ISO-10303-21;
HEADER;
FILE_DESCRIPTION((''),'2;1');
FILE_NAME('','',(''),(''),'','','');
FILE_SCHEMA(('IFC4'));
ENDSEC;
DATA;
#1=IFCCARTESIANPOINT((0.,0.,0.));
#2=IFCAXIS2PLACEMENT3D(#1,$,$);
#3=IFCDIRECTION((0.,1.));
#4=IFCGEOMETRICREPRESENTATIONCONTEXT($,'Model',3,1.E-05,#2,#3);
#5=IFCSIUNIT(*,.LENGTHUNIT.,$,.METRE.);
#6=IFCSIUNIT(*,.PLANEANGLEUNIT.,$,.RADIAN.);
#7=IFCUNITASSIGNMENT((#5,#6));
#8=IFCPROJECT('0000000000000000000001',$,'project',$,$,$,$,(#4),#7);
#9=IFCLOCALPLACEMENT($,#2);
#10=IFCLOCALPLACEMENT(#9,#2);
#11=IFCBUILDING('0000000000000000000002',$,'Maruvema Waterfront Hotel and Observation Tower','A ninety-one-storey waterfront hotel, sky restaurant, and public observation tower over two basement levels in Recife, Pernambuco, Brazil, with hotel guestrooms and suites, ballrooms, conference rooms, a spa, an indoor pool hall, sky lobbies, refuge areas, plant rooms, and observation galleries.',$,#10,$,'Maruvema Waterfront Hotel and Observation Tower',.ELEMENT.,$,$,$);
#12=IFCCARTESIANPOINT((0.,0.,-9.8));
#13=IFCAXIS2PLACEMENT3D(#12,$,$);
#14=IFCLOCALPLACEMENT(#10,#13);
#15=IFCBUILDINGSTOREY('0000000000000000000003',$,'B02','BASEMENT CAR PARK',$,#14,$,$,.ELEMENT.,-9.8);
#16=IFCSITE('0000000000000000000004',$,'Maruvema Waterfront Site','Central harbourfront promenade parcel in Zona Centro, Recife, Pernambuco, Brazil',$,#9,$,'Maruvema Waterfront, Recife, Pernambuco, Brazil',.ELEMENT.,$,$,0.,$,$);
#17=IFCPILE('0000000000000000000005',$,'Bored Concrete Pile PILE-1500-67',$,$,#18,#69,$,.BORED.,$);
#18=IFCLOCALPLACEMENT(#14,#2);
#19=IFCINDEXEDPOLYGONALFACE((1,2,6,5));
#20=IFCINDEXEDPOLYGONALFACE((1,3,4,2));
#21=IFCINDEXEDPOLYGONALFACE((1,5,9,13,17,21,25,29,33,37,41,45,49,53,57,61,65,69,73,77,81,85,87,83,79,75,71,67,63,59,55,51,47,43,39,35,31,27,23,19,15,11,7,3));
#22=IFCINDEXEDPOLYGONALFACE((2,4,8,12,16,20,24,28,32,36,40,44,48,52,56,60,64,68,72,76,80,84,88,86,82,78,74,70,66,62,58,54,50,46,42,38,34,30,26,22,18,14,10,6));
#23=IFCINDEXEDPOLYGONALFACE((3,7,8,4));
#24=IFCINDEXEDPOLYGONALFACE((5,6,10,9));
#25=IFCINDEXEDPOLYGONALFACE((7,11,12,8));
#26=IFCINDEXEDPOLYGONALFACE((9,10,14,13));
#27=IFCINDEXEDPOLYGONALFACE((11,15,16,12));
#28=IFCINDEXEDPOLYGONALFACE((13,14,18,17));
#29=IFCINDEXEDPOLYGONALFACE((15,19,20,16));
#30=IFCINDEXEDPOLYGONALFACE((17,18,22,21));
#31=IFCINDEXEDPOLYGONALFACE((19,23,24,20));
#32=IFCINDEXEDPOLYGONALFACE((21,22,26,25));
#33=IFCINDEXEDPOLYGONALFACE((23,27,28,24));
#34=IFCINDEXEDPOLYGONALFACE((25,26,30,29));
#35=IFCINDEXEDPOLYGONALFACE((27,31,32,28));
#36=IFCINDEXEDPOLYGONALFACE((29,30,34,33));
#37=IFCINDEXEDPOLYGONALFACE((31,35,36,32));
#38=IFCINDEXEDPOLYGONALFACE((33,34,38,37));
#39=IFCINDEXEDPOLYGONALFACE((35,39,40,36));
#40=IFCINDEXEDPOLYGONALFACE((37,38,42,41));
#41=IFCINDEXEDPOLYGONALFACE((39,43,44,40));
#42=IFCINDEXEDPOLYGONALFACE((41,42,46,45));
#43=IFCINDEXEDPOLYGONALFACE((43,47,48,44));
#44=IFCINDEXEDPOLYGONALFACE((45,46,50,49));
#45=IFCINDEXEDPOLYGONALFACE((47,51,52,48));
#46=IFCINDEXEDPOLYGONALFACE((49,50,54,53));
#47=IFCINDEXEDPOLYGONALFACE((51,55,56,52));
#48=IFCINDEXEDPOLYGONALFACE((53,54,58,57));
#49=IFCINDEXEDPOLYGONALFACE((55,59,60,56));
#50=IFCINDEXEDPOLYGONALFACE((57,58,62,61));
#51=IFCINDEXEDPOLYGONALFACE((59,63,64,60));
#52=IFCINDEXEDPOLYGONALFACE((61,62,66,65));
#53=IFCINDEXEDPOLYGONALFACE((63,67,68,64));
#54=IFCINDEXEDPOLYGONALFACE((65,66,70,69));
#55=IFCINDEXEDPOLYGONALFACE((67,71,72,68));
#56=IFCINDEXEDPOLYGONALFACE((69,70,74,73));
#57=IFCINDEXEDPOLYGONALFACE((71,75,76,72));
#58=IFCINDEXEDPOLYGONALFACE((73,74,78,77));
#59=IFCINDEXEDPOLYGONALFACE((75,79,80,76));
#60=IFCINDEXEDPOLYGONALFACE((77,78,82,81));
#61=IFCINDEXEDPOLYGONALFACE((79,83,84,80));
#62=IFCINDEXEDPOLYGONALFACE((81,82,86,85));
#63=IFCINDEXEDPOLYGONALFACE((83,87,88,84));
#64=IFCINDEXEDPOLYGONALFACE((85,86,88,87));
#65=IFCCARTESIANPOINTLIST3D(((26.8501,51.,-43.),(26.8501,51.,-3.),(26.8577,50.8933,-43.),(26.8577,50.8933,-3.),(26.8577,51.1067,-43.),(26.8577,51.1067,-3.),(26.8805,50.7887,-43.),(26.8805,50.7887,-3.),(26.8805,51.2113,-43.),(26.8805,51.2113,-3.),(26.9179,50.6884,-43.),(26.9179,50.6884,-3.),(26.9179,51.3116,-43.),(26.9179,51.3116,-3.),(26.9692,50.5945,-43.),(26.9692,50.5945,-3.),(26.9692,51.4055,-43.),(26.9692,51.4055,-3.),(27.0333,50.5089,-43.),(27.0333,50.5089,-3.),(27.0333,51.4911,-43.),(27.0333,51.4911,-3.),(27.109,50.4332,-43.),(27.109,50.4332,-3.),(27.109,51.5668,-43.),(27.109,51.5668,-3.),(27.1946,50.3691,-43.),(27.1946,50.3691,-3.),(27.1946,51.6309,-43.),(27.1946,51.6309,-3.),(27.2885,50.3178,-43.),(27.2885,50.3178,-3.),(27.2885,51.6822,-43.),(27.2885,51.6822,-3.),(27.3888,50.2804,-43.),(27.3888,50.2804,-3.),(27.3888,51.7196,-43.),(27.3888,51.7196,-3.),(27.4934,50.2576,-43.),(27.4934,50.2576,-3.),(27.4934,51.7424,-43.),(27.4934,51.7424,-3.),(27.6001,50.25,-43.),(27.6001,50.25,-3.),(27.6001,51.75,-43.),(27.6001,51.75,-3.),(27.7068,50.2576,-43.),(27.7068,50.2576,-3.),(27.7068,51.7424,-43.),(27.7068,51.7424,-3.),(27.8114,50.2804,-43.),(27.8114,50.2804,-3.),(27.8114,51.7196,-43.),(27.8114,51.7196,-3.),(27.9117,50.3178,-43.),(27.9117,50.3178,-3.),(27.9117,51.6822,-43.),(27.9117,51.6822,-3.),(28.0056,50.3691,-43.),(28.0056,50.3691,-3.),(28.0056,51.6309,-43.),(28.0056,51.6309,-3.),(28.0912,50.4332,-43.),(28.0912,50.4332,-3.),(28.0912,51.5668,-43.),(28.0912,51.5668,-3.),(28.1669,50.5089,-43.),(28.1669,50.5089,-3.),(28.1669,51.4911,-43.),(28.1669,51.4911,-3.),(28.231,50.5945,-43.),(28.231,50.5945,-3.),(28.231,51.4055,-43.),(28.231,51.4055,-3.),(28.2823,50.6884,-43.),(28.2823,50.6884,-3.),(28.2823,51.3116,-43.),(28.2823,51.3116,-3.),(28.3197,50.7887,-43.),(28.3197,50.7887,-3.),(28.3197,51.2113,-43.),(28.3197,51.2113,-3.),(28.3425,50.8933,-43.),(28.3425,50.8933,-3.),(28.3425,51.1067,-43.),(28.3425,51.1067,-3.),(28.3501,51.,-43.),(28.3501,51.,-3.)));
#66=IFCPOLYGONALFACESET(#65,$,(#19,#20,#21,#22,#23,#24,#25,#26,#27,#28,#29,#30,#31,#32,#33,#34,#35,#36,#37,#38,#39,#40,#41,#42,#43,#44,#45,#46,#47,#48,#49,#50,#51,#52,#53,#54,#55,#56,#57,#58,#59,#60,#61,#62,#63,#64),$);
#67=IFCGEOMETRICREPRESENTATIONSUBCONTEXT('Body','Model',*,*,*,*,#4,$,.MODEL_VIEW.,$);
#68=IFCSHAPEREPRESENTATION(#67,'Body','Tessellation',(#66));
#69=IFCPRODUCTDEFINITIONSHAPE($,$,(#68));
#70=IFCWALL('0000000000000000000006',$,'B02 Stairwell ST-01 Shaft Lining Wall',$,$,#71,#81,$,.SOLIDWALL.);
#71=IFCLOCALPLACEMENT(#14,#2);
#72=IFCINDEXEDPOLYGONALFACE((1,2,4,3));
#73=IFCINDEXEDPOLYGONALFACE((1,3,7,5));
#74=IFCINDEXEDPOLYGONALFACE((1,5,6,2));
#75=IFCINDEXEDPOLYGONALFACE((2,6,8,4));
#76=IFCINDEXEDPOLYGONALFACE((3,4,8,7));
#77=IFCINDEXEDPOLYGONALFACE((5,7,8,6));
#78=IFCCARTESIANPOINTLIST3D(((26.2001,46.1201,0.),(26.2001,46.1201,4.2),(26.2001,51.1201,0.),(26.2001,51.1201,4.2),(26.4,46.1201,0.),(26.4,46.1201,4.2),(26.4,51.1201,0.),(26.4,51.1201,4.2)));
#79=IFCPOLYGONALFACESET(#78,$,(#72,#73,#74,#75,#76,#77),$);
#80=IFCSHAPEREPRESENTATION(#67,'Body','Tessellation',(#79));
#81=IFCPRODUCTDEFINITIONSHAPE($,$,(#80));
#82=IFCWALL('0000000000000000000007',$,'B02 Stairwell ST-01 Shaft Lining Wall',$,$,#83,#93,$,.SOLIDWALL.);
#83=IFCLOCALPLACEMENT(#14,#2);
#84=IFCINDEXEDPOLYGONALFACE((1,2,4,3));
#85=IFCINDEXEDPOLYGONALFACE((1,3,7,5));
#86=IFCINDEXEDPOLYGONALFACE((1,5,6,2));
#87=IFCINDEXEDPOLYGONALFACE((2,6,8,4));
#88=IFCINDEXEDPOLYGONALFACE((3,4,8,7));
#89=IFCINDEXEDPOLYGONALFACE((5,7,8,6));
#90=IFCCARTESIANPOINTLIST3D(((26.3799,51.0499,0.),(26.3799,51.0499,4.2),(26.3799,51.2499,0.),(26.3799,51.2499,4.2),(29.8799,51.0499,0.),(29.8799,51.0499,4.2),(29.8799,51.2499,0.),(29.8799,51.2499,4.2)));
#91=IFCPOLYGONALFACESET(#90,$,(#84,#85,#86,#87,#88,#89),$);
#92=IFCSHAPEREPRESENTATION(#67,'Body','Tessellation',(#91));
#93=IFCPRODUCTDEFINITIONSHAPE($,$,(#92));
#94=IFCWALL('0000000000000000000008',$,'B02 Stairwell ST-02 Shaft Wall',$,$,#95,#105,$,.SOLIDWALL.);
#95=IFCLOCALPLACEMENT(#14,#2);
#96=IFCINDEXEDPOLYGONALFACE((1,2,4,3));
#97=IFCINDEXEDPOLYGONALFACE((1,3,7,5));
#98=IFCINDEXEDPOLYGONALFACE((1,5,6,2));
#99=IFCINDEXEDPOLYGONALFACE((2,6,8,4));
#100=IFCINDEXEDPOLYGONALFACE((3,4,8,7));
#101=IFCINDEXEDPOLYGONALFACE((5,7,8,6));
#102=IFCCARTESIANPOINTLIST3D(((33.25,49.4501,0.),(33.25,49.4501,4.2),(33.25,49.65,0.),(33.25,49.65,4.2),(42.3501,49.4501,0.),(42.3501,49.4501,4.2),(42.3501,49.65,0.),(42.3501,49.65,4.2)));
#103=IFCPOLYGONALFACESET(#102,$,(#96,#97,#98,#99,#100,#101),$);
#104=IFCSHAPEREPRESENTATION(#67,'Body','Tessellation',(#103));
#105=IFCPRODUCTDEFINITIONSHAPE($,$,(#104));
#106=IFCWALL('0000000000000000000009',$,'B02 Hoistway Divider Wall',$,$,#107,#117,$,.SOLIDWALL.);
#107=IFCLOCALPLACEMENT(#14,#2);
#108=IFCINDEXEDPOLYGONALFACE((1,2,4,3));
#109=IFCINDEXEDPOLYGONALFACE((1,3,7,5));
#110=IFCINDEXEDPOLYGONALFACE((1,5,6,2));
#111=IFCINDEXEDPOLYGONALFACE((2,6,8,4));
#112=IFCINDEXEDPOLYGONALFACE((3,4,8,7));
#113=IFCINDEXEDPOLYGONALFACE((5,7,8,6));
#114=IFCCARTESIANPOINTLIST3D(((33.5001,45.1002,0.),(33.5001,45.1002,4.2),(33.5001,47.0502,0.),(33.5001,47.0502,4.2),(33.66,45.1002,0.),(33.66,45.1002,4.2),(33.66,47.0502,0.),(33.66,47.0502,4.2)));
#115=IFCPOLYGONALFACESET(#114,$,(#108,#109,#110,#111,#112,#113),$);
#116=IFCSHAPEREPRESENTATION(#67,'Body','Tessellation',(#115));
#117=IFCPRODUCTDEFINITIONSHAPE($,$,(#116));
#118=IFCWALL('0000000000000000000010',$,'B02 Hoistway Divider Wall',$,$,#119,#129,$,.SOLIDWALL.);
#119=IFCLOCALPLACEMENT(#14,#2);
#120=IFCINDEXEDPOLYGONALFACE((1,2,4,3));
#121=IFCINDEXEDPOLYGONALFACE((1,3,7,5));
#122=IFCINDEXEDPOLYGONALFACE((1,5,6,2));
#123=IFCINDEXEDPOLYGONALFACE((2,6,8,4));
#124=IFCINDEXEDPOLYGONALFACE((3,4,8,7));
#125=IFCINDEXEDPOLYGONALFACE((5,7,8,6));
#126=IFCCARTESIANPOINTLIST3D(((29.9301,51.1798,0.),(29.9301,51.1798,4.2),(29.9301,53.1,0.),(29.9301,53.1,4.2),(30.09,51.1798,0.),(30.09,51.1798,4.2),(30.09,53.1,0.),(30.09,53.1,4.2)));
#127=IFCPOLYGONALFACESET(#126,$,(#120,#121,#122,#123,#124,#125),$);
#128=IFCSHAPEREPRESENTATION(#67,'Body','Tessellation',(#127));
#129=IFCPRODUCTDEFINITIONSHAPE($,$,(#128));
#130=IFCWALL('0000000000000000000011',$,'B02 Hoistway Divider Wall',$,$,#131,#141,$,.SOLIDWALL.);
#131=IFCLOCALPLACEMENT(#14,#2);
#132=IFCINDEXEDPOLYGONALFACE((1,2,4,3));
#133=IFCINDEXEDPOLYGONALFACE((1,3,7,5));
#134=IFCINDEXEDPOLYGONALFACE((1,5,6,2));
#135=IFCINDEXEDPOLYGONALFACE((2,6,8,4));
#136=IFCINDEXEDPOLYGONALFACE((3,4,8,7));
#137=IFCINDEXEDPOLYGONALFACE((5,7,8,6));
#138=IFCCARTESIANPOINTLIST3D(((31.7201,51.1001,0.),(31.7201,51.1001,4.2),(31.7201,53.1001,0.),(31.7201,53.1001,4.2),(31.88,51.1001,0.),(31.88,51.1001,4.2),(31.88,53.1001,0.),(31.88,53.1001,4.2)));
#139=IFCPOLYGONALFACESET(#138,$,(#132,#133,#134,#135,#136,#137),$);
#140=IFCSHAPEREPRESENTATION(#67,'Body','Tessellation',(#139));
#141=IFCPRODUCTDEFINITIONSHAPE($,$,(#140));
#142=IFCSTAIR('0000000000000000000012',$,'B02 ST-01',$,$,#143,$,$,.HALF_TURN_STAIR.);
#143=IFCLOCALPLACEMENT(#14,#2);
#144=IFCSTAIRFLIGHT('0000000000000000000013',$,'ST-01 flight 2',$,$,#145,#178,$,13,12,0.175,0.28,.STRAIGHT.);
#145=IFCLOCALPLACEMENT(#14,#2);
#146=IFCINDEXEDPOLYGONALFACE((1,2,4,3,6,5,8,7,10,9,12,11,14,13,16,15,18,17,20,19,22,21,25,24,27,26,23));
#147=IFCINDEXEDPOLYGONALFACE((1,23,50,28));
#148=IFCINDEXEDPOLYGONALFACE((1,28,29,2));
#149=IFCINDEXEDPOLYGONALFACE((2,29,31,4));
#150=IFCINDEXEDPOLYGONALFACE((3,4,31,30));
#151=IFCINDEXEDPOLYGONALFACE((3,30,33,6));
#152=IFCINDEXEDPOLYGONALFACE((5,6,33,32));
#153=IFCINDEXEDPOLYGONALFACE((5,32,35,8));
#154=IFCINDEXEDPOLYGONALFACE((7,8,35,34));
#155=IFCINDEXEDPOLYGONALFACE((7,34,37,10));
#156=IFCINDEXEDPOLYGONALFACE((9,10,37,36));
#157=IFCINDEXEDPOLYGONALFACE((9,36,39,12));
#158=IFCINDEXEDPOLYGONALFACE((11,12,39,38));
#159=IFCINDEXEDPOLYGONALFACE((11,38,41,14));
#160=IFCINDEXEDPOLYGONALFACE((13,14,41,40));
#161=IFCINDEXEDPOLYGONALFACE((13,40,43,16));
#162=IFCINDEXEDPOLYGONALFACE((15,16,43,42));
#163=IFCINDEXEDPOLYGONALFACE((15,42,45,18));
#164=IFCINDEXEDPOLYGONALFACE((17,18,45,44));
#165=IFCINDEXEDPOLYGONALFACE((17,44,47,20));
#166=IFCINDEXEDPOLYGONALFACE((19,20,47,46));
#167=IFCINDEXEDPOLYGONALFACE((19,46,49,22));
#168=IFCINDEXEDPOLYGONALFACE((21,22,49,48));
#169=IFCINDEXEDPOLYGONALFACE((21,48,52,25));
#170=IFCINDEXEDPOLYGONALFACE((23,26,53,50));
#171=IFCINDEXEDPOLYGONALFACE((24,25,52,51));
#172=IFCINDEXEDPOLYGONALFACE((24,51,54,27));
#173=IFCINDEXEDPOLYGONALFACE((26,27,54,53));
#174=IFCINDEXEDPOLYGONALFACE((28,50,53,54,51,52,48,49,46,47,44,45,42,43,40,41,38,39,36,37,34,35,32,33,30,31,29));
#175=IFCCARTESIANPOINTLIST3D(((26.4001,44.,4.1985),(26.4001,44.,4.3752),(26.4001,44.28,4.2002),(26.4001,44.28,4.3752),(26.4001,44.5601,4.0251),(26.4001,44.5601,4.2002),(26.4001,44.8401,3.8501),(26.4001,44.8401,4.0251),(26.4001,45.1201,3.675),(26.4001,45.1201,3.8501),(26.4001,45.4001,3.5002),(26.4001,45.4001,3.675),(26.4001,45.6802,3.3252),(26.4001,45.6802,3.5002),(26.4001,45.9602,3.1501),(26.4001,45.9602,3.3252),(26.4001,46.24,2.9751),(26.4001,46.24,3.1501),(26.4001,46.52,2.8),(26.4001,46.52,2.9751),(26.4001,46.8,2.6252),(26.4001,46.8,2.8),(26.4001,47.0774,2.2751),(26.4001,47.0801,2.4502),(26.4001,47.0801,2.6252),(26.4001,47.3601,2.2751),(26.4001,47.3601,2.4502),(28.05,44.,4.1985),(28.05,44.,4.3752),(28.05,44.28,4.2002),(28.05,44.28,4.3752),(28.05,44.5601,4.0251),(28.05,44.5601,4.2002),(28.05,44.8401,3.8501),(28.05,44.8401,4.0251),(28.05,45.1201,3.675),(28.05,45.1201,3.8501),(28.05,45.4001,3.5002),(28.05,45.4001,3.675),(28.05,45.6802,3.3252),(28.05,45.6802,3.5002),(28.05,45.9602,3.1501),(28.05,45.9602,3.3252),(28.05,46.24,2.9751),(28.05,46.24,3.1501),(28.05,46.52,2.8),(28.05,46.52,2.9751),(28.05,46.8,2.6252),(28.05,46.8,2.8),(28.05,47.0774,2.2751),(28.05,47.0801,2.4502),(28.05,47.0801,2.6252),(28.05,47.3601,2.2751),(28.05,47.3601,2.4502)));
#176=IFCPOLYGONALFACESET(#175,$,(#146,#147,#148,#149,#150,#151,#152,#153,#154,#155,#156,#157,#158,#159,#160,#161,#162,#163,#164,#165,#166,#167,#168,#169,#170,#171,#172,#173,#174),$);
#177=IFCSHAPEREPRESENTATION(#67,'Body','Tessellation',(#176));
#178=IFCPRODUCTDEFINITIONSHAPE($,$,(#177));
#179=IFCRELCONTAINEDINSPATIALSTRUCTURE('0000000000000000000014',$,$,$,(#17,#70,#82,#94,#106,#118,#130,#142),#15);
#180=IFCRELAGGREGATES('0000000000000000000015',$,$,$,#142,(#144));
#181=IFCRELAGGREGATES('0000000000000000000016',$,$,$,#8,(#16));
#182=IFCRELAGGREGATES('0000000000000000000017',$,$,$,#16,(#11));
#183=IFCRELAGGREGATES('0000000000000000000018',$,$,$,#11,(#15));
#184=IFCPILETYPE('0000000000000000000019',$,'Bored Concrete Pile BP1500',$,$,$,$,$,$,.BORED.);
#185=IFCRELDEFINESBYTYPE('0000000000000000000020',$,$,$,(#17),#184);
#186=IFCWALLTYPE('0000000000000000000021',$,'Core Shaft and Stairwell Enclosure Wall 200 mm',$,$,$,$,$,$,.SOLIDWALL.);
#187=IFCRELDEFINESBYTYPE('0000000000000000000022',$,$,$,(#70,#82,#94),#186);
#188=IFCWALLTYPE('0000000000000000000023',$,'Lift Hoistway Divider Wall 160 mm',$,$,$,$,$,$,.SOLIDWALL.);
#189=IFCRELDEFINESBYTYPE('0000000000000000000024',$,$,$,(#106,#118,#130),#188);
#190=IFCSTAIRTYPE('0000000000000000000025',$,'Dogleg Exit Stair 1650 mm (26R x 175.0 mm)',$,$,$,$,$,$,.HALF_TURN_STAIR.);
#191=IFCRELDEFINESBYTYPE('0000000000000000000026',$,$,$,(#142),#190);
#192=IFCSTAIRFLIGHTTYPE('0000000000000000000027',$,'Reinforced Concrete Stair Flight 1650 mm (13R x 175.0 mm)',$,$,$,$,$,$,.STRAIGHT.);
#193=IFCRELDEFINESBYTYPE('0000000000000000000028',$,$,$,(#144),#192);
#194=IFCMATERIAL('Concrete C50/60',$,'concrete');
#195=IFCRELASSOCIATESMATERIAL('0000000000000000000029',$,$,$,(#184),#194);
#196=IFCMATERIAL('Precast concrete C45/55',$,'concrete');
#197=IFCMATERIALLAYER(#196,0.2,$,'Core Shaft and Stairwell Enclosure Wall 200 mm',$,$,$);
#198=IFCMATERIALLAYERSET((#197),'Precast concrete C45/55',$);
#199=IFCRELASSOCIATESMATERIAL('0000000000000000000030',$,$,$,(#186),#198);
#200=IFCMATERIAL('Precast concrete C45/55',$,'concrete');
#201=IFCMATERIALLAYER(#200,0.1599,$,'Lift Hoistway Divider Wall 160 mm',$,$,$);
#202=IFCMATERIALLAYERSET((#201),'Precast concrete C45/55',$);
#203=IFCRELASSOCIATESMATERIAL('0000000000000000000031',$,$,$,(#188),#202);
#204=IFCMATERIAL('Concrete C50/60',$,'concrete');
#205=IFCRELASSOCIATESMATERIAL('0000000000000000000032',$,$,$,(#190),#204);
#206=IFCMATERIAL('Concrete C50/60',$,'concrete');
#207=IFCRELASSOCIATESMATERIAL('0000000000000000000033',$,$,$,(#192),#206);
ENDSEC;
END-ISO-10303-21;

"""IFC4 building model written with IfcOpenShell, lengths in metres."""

from ifc_helpers import new_model, si_unit, direction, frame, frame_2d, origin, origin_2d, place, context, subcontext, project, spatial, polyline, rectangle, circle, outline, extrude, material, layer, layer_set, material_profile, profile_set, type_object, element, aggregate, save


model = new_model("IFC4")

# Units and contexts
model_context = context("Model", 3, precision=1e-05, world=origin(), true_north=direction((0.0, 1.0)))
body_context = subcontext(model_context, "Body", "Model", "MODEL_VIEW")
ifc_project = project(units=[si_unit("LENGTHUNIT", "METRE"), si_unit("PLANEANGLEUNIT", "RADIAN")], contexts=[model_context])

# Site, building, storey
site_placement = place(None, origin())
site = spatial("IfcSite", under=ifc_project, at=site_placement, Name="Maruvema Waterfront Site", Description="Central harbourfront promenade parcel in Zona Centro, Recife, Pernambuco, Brazil", LongName="Maruvema Waterfront, Recife, Pernambuco, Brazil", CompositionType="ELEMENT", RefElevation=0.0)
building_placement = place(site_placement, origin())
building = spatial("IfcBuilding", under=site, at=building_placement, Name="Maruvema Waterfront Hotel and Observation Tower", Description="A ninety-one-storey waterfront hotel, sky restaurant, and public observation tower over two basement levels in Recife, Pernambuco, Brazil, with hotel guestrooms and suites, ballrooms, conference rooms, a spa, an indoor pool hall, sky lobbies, refuge areas, plant rooms, and observation galleries.", LongName="Maruvema Waterfront Hotel and Observation Tower", CompositionType="ELEMENT")
storey_placement = place(building_placement, frame((0.0, 0.0, -9.8)))
storey = spatial("IfcBuildingStorey", under=building, at=storey_placement, Name="B02", Description="BASEMENT CAR PARK", CompositionType="ELEMENT", Elevation=-9.8)

# Pile
ifc_material_1 = material(Name="Concrete C50/60", Category="concrete")
ifc_material_profile = material_profile(ifc_material_1, circle(Radius=0.75, at=origin_2d()), Name="BP1500")
ifc_profile_set = profile_set([ifc_material_profile], Name="Concrete C50/60")
pile_type = type_object("IfcPileType", Name="Bored Concrete Pile BP1500", PredefinedType="BORED", material=ifc_profile_set)
pile_placement = place(storey_placement, frame((27.6001, 51.0, -3.0), z_axis=(0.0, 0.0, -1.0), x_axis=(1.0, 0.0, 0.0)))
element("IfcPile", 1, at=pile_placement, inside=storey, type_object=pile_type, Name="Bored Concrete Pile PILE-1500-67", PredefinedType="BORED", context=body_context, shape_type="SweptSolid", body=[
    extrude(circle(Radius=0.75, at=origin_2d()), origin(), (0.0, 0.0, 1.0), 40.0),
])

# Walls
ifc_material_2 = material(Name="Precast concrete C45/55", Category="concrete")
ifc_layer_1 = layer(ifc_material_2, 0.2, Name="Core Shaft and Stairwell Enclosure Wall 200 mm")
ifc_layer_set_1 = layer_set([ifc_layer_1], Name="Precast concrete C45/55")
wall_type_1 = type_object("IfcWallType", Name="Core Shaft and Stairwell Enclosure Wall 200 mm", PredefinedType="SOLIDWALL", material=ifc_layer_set_1)
wall_1_placement = place(storey_placement, frame((26.3, 46.1201, 0.0), z_axis=(0.0, 0.0, 1.0), x_axis=(0.0, 1.0, 0.0)))
element("IfcWall", 2, at=wall_1_placement, inside=storey, type_object=wall_type_1, Name="B02 Stairwell ST-01 Shaft Lining Wall", PredefinedType="SOLIDWALL", context=body_context, shape_type="SweptSolid", body=[
    extrude(rectangle(XDim=5.0, YDim=0.2, at=frame_2d((2.5, 0.0))), origin(), (0.0, 0.0, 1.0), 4.2),
])
wall_2_placement = place(storey_placement, frame((26.3799, 51.1499, 0.0), z_axis=(0.0, 0.0, 1.0), x_axis=(1.0, 0.0, 0.0)))
element("IfcWall", 3, at=wall_2_placement, inside=storey, type_object=wall_type_1, Name="B02 Stairwell ST-01 Shaft Lining Wall", PredefinedType="SOLIDWALL", context=body_context, shape_type="SweptSolid", body=[
    extrude(rectangle(XDim=3.5, YDim=0.2, at=frame_2d((1.75, 0.0))), origin(), (0.0, 0.0, 1.0), 4.2),
])
wall_3_placement = place(storey_placement, frame((33.25, 49.55, 0.0), z_axis=(0.0, 0.0, 1.0), x_axis=(1.0, 0.0, 0.0)))
element("IfcWall", 4, at=wall_3_placement, inside=storey, type_object=wall_type_1, Name="B02 Stairwell ST-02 Shaft Wall", PredefinedType="SOLIDWALL", context=body_context, shape_type="SweptSolid", body=[
    extrude(rectangle(XDim=9.1001, YDim=0.2, at=frame_2d((4.55, 0.0))), origin(), (0.0, 0.0, 1.0), 4.2),
])

# Walls
ifc_material_3 = material(Name="Precast concrete C45/55", Category="concrete")
ifc_layer_2 = layer(ifc_material_3, 0.1599, Name="Lift Hoistway Divider Wall 160 mm")
ifc_layer_set_2 = layer_set([ifc_layer_2], Name="Precast concrete C45/55")
wall_type_2 = type_object("IfcWallType", Name="Lift Hoistway Divider Wall 160 mm", PredefinedType="SOLIDWALL", material=ifc_layer_set_2)
wall_4_placement = place(storey_placement, frame((33.5801, 45.1001, 0.0), z_axis=(0.0, 0.0, 1.0), x_axis=(0.0, 1.0, 0.0)))
element("IfcWall", 5, at=wall_4_placement, inside=storey, type_object=wall_type_2, Name="B02 Hoistway Divider Wall", PredefinedType="SOLIDWALL", context=body_context, shape_type="SweptSolid", body=[
    extrude(rectangle(XDim=1.95, YDim=0.1599, at=frame_2d((0.9751, 0.0))), origin(), (0.0, 0.0, 1.0), 4.2),
])
wall_5_placement = place(storey_placement, frame((30.01, 51.1799, 0.0), z_axis=(0.0, 0.0, 1.0), x_axis=(0.0, 1.0, 0.0)))
element("IfcWall", 6, at=wall_5_placement, inside=storey, type_object=wall_type_2, Name="B02 Hoistway Divider Wall", PredefinedType="SOLIDWALL", context=body_context, shape_type="SweptSolid", body=[
    extrude(rectangle(XDim=1.9202, YDim=0.1599, at=frame_2d((0.96, 0.0))), origin(), (0.0, 0.0, 1.0), 4.2),
])
wall_6_placement = place(storey_placement, frame((31.8, 51.1001, 0.0), z_axis=(0.0, 0.0, 1.0), x_axis=(0.0, 1.0, 0.0)))
element("IfcWall", 7, at=wall_6_placement, inside=storey, type_object=wall_type_2, Name="B02 Hoistway Divider Wall", PredefinedType="SOLIDWALL", context=body_context, shape_type="SweptSolid", body=[
    extrude(rectangle(XDim=2.0, YDim=0.1599, at=frame_2d((1.0, 0.0))), origin(), (0.0, 0.0, 1.0), 4.2),
])

# Stair, stair flight
ifc_material_4 = material(Name="Concrete C50/60", Category="concrete")
stair_type = type_object("IfcStairType", Name="Dogleg Exit Stair 1650 mm (26R x 175.0 mm)", PredefinedType="HALF_TURN_STAIR", material=ifc_material_4)
stair_placement = place(storey_placement, origin())
stair = element("IfcStair", 8, at=stair_placement, inside=storey, type_object=stair_type, Name="B02 ST-01", PredefinedType="HALF_TURN_STAIR")
ifc_material_5 = material(Name="Concrete C50/60", Category="concrete")
stair_flight_type = type_object("IfcStairFlightType", Name="Reinforced Concrete Stair Flight 1650 mm (13R x 175.0 mm)", PredefinedType="STRAIGHT", material=ifc_material_5)
stair_flight_placement = place(storey_placement, frame((27.2251, 47.3601, 2.2751), z_axis=(0.0, 0.0, 1.0), x_axis=(0.0, -1.0, 0.0)))
stair_flight = element("IfcStairFlight", 9, at=stair_flight_placement, type_object=stair_flight_type, Name="ST-01 flight 2", NumberOfRisers=13, NumberOfTreads=12, PredefinedType="STRAIGHT", RiserHeight=0.175, TreadLength=0.28, context=body_context, shape_type="SweptSolid", body=[
    extrude(outline(polyline([(0.0, 0.0), (0.0, 0.175), (0.28, 0.175), (0.28, 0.3501), (0.5601, 0.3501), (0.5601, 0.5249), (0.8401, 0.5249), (0.8401, 0.7), (1.1201, 0.7), (1.1201, 0.875), (1.3999, 0.875), (1.3999, 1.05), (1.6799, 1.05), (1.6799, 1.2251), (1.96, 1.2251), (1.96, 1.3999), (2.24, 1.3999), (2.24, 1.575), (2.52, 1.575), (2.52, 1.75), (2.8, 1.75), (2.8, 1.925), (3.0801, 1.925), (3.0801, 2.1001), (3.3601, 2.1001), (3.3601, 2.2749), (3.3601, 1.9233), (0.2827, 0.0), (0.0, 0.0)])), frame((0.0, 0.825, 0.0), z_axis=(0.0, -1.0, 0.0), x_axis=(1.0, 0.0, 0.0)), (0.0, 0.0, 1.0), 1.6499),
])
aggregate(stair, [stair_flight])

save(model, "model.ifc")
